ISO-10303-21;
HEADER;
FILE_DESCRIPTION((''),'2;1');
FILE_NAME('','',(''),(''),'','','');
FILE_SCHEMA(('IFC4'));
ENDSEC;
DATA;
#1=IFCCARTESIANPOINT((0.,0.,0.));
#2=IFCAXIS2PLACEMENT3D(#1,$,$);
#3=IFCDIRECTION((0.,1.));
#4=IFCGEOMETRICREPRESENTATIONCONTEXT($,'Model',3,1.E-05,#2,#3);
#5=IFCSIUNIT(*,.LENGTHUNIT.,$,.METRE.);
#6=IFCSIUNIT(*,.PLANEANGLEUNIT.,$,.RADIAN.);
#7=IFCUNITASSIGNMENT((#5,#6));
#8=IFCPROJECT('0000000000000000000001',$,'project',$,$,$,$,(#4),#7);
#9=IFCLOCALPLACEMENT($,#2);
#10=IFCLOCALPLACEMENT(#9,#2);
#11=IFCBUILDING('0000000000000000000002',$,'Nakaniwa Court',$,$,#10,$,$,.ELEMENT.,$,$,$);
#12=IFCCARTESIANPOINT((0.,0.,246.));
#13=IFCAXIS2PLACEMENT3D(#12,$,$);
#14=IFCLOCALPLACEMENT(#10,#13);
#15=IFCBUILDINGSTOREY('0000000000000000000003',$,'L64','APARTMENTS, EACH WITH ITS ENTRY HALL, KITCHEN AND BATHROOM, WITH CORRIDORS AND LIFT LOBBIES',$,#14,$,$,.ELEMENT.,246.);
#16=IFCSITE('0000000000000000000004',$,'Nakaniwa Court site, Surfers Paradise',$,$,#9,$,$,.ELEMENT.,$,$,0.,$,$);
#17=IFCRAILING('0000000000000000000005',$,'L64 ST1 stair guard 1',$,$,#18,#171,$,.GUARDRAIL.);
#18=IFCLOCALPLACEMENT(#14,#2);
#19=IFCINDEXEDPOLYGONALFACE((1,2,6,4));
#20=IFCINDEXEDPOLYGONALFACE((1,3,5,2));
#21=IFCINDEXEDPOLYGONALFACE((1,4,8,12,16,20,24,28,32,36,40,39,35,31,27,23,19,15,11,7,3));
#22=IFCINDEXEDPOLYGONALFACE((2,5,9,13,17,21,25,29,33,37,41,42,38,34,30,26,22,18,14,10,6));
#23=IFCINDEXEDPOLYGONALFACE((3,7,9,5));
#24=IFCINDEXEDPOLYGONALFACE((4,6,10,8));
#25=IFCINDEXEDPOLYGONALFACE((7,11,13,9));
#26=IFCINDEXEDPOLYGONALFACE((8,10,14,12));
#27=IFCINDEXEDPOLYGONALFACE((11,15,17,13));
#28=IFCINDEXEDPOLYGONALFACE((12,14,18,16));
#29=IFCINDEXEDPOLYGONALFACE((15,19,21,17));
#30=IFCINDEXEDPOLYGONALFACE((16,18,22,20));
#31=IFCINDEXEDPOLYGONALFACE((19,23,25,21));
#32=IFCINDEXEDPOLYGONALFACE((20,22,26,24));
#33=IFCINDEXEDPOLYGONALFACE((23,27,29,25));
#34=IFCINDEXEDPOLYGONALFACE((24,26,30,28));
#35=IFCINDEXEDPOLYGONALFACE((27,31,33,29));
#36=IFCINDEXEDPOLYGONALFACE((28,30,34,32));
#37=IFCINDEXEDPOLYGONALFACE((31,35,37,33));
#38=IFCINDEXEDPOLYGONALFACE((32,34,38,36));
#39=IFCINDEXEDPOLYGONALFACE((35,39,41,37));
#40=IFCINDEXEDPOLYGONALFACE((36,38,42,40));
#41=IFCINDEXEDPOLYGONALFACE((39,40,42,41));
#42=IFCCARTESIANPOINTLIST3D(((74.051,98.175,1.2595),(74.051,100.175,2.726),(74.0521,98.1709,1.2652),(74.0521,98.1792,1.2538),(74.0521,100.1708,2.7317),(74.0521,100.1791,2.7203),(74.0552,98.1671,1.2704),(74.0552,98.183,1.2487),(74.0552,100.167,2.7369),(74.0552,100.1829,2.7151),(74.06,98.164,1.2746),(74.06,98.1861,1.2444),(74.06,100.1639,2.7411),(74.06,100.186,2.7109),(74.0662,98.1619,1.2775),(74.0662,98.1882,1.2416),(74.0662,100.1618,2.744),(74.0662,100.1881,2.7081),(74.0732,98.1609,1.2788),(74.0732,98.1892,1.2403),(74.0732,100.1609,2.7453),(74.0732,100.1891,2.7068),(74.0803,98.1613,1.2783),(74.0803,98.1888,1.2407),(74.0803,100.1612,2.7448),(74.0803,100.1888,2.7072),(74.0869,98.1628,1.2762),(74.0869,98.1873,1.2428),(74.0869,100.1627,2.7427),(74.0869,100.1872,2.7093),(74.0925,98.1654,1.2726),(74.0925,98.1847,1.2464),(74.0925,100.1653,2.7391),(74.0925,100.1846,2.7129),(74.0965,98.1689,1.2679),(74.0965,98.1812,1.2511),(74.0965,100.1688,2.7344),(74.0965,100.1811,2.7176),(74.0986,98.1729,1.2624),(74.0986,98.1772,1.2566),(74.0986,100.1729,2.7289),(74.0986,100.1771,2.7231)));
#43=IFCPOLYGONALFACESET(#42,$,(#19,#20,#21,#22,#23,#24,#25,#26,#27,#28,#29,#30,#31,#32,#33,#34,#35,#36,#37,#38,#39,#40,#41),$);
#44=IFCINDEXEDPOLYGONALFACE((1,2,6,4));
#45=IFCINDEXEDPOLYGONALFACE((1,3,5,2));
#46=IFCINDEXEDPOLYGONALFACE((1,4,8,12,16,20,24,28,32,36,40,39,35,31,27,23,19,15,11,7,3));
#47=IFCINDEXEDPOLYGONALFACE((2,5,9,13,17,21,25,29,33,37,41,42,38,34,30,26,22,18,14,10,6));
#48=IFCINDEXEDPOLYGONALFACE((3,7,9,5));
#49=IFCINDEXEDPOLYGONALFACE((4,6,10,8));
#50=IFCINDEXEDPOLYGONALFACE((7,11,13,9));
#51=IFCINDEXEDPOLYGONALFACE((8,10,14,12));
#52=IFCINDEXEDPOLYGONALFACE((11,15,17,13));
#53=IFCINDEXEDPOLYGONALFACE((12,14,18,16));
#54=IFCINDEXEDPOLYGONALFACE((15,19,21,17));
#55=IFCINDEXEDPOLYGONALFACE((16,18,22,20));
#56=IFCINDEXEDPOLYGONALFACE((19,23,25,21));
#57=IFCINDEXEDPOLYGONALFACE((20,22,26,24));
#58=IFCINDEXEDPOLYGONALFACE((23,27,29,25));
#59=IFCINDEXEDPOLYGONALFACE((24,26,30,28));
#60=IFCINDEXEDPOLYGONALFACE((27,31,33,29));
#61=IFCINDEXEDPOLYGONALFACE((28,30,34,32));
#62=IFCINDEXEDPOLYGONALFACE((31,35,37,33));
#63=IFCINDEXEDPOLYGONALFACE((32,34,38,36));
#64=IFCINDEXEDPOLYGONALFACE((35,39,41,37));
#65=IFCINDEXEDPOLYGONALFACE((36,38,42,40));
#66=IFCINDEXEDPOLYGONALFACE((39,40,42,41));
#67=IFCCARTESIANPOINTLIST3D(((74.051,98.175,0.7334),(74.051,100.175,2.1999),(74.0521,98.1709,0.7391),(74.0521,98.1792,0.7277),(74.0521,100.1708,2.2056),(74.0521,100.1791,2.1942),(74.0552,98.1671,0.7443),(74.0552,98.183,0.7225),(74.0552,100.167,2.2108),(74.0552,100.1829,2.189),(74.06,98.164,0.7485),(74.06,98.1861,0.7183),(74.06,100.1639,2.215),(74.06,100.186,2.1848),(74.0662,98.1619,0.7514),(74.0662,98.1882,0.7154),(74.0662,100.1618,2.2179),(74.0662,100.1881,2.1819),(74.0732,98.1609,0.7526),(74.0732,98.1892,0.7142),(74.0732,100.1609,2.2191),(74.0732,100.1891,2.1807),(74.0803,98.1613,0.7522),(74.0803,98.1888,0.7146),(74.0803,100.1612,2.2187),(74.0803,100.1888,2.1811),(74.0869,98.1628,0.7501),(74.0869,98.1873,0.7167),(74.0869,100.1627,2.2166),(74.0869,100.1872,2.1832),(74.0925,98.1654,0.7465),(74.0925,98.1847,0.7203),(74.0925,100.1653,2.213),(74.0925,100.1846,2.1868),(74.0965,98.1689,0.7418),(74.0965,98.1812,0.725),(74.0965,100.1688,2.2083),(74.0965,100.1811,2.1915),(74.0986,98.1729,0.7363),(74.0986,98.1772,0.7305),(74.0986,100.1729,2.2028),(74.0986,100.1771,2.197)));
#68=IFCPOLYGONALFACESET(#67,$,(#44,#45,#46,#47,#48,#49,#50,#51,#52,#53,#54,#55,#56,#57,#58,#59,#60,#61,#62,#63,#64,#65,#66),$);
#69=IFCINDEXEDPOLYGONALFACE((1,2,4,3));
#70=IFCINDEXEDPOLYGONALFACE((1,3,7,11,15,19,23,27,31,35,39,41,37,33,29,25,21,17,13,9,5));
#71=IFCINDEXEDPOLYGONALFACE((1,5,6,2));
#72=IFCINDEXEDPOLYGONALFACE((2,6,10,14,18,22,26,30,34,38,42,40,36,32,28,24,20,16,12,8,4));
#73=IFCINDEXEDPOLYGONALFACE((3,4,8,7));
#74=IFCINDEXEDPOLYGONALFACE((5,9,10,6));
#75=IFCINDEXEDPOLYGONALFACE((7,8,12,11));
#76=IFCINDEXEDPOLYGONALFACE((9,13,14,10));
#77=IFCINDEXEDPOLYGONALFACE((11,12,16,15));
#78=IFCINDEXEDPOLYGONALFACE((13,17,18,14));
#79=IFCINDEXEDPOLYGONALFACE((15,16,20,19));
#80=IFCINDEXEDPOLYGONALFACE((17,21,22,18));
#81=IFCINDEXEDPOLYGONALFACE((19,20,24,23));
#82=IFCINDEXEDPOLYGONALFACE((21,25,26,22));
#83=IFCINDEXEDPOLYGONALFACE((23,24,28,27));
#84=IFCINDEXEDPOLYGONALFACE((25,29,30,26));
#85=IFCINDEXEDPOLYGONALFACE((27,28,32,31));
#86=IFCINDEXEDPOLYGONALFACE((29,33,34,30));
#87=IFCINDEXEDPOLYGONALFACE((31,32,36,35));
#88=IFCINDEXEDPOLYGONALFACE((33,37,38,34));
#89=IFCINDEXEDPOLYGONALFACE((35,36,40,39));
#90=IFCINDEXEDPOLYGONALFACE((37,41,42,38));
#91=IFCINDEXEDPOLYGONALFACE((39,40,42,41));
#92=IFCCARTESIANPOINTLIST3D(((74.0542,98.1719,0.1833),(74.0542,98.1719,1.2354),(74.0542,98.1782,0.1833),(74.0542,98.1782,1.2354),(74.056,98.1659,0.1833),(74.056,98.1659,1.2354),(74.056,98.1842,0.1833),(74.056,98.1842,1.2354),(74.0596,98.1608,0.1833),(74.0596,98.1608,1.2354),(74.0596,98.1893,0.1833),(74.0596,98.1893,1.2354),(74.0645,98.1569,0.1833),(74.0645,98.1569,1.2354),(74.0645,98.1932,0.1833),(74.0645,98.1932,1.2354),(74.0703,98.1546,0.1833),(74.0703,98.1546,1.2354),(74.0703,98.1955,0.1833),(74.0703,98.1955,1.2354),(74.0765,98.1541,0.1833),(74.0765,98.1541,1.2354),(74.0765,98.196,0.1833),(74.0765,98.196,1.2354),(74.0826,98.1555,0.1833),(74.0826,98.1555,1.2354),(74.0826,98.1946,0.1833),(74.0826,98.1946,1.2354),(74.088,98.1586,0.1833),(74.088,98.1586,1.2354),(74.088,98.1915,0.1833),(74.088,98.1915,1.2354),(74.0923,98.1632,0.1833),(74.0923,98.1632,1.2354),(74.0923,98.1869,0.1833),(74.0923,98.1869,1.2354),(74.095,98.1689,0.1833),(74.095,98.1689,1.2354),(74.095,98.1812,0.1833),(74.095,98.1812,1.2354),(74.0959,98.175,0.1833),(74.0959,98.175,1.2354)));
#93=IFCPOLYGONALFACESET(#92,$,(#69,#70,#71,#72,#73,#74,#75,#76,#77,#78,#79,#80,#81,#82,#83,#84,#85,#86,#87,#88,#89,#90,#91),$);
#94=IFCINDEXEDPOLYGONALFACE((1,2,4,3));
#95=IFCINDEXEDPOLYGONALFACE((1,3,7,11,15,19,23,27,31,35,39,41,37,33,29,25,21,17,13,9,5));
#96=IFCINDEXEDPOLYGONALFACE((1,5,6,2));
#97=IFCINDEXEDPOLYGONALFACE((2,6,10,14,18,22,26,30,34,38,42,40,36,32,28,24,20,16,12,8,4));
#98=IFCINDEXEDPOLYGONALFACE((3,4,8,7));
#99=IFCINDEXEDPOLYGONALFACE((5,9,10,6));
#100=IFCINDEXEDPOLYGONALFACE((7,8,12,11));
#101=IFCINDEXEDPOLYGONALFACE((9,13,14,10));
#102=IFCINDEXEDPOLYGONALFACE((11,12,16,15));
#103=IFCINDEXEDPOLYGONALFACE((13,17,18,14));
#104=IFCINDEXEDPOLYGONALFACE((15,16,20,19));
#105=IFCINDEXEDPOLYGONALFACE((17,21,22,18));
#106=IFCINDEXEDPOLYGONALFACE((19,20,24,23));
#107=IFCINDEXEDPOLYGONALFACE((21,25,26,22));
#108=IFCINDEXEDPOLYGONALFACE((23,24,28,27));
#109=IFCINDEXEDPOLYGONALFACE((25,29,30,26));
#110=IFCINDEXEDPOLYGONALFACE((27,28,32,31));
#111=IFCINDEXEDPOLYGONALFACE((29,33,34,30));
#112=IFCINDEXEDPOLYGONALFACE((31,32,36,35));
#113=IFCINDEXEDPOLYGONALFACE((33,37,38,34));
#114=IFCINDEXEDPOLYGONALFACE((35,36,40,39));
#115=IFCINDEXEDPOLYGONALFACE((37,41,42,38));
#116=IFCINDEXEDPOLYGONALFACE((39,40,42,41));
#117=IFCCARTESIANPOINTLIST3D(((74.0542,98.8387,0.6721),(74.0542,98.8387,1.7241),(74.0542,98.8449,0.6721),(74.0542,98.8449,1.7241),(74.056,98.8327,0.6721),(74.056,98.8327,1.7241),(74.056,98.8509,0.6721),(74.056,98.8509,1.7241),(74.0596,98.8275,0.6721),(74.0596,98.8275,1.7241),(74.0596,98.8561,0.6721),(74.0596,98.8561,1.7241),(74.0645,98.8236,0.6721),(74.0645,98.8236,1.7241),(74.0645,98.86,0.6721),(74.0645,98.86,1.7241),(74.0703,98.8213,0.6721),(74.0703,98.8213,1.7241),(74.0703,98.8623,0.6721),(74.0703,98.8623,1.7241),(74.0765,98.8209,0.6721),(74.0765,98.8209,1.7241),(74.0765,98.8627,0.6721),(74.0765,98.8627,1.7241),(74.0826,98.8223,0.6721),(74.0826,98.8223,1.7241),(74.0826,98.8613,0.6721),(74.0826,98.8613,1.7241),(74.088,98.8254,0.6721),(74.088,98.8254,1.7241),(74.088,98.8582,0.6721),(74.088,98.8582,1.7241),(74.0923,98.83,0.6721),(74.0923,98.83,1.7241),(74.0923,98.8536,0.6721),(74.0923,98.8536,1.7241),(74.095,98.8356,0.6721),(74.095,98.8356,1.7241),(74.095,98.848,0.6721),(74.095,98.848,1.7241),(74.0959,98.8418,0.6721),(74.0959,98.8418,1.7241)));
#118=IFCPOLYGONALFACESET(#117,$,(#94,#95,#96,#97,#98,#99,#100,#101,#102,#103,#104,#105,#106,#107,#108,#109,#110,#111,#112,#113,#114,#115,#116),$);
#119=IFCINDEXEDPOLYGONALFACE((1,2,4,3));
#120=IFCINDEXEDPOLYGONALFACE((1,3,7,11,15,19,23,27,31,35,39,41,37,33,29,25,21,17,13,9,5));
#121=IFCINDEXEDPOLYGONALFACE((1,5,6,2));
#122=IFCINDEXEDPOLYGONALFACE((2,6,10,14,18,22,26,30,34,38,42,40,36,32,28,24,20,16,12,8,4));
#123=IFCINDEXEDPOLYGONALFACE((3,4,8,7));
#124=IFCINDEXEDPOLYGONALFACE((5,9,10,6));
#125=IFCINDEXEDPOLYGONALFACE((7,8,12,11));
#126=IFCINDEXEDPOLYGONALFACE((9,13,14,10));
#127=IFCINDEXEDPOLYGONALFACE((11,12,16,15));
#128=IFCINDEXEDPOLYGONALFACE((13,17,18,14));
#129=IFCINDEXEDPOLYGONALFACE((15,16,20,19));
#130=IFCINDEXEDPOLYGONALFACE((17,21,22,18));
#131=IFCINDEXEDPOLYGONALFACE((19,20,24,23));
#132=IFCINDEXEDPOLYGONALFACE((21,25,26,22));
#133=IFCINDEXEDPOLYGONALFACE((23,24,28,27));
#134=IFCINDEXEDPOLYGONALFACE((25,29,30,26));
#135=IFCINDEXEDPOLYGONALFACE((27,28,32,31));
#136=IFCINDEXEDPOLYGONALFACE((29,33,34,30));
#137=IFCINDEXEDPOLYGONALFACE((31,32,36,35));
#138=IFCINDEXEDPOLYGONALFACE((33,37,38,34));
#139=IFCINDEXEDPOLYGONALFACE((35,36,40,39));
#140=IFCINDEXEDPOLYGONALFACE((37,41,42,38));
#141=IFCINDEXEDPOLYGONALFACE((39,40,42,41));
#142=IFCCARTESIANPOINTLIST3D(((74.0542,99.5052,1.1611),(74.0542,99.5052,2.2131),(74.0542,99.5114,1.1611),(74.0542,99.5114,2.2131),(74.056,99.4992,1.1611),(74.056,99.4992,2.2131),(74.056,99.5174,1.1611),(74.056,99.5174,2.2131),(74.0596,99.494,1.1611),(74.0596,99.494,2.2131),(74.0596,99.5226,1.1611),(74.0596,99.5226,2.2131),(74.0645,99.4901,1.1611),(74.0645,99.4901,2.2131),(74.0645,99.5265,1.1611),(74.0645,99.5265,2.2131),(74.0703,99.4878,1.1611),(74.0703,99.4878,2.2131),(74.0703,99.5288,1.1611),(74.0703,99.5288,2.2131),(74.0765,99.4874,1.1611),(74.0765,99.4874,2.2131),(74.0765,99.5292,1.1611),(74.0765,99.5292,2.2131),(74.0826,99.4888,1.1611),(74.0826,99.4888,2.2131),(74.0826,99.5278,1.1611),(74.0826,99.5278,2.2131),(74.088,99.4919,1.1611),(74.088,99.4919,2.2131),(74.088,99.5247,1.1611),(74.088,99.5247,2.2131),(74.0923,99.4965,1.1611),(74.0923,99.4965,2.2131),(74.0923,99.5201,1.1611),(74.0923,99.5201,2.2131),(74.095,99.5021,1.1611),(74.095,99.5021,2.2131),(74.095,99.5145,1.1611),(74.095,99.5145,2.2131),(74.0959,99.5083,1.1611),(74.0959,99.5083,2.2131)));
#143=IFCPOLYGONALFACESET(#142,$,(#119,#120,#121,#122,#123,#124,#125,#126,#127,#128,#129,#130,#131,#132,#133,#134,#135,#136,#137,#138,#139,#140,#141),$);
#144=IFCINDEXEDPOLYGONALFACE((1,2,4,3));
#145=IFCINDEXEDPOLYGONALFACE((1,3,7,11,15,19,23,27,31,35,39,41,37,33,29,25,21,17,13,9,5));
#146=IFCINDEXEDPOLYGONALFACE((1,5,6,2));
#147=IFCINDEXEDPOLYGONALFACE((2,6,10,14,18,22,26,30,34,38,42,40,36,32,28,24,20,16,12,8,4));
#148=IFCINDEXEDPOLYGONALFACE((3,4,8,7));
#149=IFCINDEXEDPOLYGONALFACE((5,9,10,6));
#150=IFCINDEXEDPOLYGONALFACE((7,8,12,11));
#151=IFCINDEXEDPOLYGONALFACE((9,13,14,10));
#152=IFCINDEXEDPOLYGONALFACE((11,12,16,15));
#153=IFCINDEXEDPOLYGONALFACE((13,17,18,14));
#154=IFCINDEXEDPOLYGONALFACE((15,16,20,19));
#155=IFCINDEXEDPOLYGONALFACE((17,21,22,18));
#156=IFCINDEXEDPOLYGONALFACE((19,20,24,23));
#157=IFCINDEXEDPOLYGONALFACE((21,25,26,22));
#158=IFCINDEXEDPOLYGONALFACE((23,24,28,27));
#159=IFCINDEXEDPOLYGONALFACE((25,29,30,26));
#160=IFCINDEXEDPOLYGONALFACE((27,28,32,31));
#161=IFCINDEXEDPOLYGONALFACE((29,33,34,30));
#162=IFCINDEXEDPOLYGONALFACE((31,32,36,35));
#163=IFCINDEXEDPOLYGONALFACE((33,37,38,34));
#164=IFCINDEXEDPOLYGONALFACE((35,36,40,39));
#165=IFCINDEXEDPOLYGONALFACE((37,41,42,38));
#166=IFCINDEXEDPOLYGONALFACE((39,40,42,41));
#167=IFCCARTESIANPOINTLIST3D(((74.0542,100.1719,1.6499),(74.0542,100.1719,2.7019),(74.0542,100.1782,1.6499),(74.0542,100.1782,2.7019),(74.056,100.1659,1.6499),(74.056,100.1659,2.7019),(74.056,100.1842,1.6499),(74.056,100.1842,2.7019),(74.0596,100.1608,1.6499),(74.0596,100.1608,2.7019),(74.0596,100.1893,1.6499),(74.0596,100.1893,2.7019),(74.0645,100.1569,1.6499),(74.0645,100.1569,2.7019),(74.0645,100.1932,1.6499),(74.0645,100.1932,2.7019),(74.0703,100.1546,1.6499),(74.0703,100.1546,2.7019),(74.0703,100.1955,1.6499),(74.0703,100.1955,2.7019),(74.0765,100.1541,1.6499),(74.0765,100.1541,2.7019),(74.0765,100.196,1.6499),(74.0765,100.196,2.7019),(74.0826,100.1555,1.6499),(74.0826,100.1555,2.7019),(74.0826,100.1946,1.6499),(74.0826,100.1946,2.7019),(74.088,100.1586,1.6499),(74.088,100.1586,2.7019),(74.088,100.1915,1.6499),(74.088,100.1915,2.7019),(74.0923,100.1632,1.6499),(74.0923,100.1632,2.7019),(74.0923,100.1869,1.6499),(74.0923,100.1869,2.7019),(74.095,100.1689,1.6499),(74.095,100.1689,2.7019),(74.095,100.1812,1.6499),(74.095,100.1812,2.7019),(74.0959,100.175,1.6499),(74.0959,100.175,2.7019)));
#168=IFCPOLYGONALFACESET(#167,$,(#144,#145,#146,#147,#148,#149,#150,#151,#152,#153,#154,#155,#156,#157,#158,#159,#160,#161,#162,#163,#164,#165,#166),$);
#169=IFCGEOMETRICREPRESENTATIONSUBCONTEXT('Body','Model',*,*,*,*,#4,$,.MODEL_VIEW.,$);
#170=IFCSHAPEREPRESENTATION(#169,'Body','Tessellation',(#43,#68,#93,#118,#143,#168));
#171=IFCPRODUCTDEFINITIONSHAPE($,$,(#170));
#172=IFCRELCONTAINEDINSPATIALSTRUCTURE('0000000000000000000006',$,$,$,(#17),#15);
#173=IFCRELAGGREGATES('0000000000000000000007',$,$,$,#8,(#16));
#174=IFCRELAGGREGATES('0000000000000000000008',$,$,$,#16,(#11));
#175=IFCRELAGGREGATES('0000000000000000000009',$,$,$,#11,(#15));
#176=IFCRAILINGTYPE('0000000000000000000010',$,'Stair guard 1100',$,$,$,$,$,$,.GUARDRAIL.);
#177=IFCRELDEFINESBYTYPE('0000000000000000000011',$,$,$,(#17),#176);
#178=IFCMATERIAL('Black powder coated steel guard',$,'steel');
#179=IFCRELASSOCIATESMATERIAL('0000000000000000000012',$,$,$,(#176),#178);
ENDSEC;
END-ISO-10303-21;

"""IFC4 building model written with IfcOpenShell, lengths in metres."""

from ifc_helpers import new_model, si_unit, direction, frame, origin, origin_2d, place, context, subcontext, project, spatial, circle, extrude, material, type_object, element, save


model = new_model("IFC4")

# Units and contexts
model_context = context("Model", 3, precision=1e-05, world=origin(), true_north=direction((0.0, 1.0)))
body_context = subcontext(model_context, "Body", "Model", "MODEL_VIEW")
ifc_project = project(units=[si_unit("LENGTHUNIT", "METRE"), si_unit("PLANEANGLEUNIT", "RADIAN")], contexts=[model_context])

# Site, building, storey
site_placement = place(None, origin())
site = spatial("IfcSite", under=ifc_project, at=site_placement, Name="Nakaniwa Court site, Surfers Paradise", CompositionType="ELEMENT", RefElevation=0.0)
building_placement = place(site_placement, origin())
building = spatial("IfcBuilding", under=site, at=building_placement, Name="Nakaniwa Court", CompositionType="ELEMENT")
storey_placement = place(building_placement, frame((0.0, 0.0, 246.0)))
storey = spatial("IfcBuildingStorey", under=building, at=storey_placement, Name="L64", Description="APARTMENTS, EACH WITH ITS ENTRY HALL, KITCHEN AND BATHROOM, WITH CORRIDORS AND LIFT LOBBIES", CompositionType="ELEMENT", Elevation=246.0)

# Railing
ifc_material_1 = material(Name="Black powder coated steel guard", Category="steel")
railing_type_1 = type_object("IfcRailingType", Name="Stair guard 1100", PredefinedType="GUARDRAIL", material=ifc_material_1)
railing_1_placement = place(storey_placement, frame((74.075, 98.175, 0.1833)))
element("IfcRailing", 1, at=railing_1_placement, inside=storey, type_object=railing_type_1, Name="L64 ST1 stair guard 1", PredefinedType="GUARDRAIL", context=body_context, shape_type="SweptSolid", body=[
    extrude(circle(Radius=0.0239, at=origin_2d()), frame((0.0, 0.0, 1.0762), z_axis=(0.0, 0.806427, 0.591334), x_axis=(-1.0, 0.0, 0.0)), (0.0, 0.0, 1.0), 2.48),
    extrude(circle(Radius=0.0239, at=origin_2d()), frame((0.0, 0.0, 0.55), z_axis=(0.0, 0.806427, 0.591334), x_axis=(-1.0, 0.0, 0.0)), (0.0, 0.0, 1.0), 2.48),
    extrude(circle(Radius=0.021, at=origin_2d()), origin(), (0.0, 0.0, 1.0), 1.052),
    extrude(circle(Radius=0.021, at=origin_2d()), frame((0.0, 0.6667, 0.4888)), (0.0, 0.0, 1.0), 1.052),
    extrude(circle(Radius=0.021, at=origin_2d()), frame((0.0, 1.3333, 0.9778)), (0.0, 0.0, 1.0), 1.052),
    extrude(circle(Radius=0.021, at=origin_2d()), frame((0.0, 2.0, 1.4666)), (0.0, 0.0, 1.0), 1.052),
])

save(model, "model.ifc")
